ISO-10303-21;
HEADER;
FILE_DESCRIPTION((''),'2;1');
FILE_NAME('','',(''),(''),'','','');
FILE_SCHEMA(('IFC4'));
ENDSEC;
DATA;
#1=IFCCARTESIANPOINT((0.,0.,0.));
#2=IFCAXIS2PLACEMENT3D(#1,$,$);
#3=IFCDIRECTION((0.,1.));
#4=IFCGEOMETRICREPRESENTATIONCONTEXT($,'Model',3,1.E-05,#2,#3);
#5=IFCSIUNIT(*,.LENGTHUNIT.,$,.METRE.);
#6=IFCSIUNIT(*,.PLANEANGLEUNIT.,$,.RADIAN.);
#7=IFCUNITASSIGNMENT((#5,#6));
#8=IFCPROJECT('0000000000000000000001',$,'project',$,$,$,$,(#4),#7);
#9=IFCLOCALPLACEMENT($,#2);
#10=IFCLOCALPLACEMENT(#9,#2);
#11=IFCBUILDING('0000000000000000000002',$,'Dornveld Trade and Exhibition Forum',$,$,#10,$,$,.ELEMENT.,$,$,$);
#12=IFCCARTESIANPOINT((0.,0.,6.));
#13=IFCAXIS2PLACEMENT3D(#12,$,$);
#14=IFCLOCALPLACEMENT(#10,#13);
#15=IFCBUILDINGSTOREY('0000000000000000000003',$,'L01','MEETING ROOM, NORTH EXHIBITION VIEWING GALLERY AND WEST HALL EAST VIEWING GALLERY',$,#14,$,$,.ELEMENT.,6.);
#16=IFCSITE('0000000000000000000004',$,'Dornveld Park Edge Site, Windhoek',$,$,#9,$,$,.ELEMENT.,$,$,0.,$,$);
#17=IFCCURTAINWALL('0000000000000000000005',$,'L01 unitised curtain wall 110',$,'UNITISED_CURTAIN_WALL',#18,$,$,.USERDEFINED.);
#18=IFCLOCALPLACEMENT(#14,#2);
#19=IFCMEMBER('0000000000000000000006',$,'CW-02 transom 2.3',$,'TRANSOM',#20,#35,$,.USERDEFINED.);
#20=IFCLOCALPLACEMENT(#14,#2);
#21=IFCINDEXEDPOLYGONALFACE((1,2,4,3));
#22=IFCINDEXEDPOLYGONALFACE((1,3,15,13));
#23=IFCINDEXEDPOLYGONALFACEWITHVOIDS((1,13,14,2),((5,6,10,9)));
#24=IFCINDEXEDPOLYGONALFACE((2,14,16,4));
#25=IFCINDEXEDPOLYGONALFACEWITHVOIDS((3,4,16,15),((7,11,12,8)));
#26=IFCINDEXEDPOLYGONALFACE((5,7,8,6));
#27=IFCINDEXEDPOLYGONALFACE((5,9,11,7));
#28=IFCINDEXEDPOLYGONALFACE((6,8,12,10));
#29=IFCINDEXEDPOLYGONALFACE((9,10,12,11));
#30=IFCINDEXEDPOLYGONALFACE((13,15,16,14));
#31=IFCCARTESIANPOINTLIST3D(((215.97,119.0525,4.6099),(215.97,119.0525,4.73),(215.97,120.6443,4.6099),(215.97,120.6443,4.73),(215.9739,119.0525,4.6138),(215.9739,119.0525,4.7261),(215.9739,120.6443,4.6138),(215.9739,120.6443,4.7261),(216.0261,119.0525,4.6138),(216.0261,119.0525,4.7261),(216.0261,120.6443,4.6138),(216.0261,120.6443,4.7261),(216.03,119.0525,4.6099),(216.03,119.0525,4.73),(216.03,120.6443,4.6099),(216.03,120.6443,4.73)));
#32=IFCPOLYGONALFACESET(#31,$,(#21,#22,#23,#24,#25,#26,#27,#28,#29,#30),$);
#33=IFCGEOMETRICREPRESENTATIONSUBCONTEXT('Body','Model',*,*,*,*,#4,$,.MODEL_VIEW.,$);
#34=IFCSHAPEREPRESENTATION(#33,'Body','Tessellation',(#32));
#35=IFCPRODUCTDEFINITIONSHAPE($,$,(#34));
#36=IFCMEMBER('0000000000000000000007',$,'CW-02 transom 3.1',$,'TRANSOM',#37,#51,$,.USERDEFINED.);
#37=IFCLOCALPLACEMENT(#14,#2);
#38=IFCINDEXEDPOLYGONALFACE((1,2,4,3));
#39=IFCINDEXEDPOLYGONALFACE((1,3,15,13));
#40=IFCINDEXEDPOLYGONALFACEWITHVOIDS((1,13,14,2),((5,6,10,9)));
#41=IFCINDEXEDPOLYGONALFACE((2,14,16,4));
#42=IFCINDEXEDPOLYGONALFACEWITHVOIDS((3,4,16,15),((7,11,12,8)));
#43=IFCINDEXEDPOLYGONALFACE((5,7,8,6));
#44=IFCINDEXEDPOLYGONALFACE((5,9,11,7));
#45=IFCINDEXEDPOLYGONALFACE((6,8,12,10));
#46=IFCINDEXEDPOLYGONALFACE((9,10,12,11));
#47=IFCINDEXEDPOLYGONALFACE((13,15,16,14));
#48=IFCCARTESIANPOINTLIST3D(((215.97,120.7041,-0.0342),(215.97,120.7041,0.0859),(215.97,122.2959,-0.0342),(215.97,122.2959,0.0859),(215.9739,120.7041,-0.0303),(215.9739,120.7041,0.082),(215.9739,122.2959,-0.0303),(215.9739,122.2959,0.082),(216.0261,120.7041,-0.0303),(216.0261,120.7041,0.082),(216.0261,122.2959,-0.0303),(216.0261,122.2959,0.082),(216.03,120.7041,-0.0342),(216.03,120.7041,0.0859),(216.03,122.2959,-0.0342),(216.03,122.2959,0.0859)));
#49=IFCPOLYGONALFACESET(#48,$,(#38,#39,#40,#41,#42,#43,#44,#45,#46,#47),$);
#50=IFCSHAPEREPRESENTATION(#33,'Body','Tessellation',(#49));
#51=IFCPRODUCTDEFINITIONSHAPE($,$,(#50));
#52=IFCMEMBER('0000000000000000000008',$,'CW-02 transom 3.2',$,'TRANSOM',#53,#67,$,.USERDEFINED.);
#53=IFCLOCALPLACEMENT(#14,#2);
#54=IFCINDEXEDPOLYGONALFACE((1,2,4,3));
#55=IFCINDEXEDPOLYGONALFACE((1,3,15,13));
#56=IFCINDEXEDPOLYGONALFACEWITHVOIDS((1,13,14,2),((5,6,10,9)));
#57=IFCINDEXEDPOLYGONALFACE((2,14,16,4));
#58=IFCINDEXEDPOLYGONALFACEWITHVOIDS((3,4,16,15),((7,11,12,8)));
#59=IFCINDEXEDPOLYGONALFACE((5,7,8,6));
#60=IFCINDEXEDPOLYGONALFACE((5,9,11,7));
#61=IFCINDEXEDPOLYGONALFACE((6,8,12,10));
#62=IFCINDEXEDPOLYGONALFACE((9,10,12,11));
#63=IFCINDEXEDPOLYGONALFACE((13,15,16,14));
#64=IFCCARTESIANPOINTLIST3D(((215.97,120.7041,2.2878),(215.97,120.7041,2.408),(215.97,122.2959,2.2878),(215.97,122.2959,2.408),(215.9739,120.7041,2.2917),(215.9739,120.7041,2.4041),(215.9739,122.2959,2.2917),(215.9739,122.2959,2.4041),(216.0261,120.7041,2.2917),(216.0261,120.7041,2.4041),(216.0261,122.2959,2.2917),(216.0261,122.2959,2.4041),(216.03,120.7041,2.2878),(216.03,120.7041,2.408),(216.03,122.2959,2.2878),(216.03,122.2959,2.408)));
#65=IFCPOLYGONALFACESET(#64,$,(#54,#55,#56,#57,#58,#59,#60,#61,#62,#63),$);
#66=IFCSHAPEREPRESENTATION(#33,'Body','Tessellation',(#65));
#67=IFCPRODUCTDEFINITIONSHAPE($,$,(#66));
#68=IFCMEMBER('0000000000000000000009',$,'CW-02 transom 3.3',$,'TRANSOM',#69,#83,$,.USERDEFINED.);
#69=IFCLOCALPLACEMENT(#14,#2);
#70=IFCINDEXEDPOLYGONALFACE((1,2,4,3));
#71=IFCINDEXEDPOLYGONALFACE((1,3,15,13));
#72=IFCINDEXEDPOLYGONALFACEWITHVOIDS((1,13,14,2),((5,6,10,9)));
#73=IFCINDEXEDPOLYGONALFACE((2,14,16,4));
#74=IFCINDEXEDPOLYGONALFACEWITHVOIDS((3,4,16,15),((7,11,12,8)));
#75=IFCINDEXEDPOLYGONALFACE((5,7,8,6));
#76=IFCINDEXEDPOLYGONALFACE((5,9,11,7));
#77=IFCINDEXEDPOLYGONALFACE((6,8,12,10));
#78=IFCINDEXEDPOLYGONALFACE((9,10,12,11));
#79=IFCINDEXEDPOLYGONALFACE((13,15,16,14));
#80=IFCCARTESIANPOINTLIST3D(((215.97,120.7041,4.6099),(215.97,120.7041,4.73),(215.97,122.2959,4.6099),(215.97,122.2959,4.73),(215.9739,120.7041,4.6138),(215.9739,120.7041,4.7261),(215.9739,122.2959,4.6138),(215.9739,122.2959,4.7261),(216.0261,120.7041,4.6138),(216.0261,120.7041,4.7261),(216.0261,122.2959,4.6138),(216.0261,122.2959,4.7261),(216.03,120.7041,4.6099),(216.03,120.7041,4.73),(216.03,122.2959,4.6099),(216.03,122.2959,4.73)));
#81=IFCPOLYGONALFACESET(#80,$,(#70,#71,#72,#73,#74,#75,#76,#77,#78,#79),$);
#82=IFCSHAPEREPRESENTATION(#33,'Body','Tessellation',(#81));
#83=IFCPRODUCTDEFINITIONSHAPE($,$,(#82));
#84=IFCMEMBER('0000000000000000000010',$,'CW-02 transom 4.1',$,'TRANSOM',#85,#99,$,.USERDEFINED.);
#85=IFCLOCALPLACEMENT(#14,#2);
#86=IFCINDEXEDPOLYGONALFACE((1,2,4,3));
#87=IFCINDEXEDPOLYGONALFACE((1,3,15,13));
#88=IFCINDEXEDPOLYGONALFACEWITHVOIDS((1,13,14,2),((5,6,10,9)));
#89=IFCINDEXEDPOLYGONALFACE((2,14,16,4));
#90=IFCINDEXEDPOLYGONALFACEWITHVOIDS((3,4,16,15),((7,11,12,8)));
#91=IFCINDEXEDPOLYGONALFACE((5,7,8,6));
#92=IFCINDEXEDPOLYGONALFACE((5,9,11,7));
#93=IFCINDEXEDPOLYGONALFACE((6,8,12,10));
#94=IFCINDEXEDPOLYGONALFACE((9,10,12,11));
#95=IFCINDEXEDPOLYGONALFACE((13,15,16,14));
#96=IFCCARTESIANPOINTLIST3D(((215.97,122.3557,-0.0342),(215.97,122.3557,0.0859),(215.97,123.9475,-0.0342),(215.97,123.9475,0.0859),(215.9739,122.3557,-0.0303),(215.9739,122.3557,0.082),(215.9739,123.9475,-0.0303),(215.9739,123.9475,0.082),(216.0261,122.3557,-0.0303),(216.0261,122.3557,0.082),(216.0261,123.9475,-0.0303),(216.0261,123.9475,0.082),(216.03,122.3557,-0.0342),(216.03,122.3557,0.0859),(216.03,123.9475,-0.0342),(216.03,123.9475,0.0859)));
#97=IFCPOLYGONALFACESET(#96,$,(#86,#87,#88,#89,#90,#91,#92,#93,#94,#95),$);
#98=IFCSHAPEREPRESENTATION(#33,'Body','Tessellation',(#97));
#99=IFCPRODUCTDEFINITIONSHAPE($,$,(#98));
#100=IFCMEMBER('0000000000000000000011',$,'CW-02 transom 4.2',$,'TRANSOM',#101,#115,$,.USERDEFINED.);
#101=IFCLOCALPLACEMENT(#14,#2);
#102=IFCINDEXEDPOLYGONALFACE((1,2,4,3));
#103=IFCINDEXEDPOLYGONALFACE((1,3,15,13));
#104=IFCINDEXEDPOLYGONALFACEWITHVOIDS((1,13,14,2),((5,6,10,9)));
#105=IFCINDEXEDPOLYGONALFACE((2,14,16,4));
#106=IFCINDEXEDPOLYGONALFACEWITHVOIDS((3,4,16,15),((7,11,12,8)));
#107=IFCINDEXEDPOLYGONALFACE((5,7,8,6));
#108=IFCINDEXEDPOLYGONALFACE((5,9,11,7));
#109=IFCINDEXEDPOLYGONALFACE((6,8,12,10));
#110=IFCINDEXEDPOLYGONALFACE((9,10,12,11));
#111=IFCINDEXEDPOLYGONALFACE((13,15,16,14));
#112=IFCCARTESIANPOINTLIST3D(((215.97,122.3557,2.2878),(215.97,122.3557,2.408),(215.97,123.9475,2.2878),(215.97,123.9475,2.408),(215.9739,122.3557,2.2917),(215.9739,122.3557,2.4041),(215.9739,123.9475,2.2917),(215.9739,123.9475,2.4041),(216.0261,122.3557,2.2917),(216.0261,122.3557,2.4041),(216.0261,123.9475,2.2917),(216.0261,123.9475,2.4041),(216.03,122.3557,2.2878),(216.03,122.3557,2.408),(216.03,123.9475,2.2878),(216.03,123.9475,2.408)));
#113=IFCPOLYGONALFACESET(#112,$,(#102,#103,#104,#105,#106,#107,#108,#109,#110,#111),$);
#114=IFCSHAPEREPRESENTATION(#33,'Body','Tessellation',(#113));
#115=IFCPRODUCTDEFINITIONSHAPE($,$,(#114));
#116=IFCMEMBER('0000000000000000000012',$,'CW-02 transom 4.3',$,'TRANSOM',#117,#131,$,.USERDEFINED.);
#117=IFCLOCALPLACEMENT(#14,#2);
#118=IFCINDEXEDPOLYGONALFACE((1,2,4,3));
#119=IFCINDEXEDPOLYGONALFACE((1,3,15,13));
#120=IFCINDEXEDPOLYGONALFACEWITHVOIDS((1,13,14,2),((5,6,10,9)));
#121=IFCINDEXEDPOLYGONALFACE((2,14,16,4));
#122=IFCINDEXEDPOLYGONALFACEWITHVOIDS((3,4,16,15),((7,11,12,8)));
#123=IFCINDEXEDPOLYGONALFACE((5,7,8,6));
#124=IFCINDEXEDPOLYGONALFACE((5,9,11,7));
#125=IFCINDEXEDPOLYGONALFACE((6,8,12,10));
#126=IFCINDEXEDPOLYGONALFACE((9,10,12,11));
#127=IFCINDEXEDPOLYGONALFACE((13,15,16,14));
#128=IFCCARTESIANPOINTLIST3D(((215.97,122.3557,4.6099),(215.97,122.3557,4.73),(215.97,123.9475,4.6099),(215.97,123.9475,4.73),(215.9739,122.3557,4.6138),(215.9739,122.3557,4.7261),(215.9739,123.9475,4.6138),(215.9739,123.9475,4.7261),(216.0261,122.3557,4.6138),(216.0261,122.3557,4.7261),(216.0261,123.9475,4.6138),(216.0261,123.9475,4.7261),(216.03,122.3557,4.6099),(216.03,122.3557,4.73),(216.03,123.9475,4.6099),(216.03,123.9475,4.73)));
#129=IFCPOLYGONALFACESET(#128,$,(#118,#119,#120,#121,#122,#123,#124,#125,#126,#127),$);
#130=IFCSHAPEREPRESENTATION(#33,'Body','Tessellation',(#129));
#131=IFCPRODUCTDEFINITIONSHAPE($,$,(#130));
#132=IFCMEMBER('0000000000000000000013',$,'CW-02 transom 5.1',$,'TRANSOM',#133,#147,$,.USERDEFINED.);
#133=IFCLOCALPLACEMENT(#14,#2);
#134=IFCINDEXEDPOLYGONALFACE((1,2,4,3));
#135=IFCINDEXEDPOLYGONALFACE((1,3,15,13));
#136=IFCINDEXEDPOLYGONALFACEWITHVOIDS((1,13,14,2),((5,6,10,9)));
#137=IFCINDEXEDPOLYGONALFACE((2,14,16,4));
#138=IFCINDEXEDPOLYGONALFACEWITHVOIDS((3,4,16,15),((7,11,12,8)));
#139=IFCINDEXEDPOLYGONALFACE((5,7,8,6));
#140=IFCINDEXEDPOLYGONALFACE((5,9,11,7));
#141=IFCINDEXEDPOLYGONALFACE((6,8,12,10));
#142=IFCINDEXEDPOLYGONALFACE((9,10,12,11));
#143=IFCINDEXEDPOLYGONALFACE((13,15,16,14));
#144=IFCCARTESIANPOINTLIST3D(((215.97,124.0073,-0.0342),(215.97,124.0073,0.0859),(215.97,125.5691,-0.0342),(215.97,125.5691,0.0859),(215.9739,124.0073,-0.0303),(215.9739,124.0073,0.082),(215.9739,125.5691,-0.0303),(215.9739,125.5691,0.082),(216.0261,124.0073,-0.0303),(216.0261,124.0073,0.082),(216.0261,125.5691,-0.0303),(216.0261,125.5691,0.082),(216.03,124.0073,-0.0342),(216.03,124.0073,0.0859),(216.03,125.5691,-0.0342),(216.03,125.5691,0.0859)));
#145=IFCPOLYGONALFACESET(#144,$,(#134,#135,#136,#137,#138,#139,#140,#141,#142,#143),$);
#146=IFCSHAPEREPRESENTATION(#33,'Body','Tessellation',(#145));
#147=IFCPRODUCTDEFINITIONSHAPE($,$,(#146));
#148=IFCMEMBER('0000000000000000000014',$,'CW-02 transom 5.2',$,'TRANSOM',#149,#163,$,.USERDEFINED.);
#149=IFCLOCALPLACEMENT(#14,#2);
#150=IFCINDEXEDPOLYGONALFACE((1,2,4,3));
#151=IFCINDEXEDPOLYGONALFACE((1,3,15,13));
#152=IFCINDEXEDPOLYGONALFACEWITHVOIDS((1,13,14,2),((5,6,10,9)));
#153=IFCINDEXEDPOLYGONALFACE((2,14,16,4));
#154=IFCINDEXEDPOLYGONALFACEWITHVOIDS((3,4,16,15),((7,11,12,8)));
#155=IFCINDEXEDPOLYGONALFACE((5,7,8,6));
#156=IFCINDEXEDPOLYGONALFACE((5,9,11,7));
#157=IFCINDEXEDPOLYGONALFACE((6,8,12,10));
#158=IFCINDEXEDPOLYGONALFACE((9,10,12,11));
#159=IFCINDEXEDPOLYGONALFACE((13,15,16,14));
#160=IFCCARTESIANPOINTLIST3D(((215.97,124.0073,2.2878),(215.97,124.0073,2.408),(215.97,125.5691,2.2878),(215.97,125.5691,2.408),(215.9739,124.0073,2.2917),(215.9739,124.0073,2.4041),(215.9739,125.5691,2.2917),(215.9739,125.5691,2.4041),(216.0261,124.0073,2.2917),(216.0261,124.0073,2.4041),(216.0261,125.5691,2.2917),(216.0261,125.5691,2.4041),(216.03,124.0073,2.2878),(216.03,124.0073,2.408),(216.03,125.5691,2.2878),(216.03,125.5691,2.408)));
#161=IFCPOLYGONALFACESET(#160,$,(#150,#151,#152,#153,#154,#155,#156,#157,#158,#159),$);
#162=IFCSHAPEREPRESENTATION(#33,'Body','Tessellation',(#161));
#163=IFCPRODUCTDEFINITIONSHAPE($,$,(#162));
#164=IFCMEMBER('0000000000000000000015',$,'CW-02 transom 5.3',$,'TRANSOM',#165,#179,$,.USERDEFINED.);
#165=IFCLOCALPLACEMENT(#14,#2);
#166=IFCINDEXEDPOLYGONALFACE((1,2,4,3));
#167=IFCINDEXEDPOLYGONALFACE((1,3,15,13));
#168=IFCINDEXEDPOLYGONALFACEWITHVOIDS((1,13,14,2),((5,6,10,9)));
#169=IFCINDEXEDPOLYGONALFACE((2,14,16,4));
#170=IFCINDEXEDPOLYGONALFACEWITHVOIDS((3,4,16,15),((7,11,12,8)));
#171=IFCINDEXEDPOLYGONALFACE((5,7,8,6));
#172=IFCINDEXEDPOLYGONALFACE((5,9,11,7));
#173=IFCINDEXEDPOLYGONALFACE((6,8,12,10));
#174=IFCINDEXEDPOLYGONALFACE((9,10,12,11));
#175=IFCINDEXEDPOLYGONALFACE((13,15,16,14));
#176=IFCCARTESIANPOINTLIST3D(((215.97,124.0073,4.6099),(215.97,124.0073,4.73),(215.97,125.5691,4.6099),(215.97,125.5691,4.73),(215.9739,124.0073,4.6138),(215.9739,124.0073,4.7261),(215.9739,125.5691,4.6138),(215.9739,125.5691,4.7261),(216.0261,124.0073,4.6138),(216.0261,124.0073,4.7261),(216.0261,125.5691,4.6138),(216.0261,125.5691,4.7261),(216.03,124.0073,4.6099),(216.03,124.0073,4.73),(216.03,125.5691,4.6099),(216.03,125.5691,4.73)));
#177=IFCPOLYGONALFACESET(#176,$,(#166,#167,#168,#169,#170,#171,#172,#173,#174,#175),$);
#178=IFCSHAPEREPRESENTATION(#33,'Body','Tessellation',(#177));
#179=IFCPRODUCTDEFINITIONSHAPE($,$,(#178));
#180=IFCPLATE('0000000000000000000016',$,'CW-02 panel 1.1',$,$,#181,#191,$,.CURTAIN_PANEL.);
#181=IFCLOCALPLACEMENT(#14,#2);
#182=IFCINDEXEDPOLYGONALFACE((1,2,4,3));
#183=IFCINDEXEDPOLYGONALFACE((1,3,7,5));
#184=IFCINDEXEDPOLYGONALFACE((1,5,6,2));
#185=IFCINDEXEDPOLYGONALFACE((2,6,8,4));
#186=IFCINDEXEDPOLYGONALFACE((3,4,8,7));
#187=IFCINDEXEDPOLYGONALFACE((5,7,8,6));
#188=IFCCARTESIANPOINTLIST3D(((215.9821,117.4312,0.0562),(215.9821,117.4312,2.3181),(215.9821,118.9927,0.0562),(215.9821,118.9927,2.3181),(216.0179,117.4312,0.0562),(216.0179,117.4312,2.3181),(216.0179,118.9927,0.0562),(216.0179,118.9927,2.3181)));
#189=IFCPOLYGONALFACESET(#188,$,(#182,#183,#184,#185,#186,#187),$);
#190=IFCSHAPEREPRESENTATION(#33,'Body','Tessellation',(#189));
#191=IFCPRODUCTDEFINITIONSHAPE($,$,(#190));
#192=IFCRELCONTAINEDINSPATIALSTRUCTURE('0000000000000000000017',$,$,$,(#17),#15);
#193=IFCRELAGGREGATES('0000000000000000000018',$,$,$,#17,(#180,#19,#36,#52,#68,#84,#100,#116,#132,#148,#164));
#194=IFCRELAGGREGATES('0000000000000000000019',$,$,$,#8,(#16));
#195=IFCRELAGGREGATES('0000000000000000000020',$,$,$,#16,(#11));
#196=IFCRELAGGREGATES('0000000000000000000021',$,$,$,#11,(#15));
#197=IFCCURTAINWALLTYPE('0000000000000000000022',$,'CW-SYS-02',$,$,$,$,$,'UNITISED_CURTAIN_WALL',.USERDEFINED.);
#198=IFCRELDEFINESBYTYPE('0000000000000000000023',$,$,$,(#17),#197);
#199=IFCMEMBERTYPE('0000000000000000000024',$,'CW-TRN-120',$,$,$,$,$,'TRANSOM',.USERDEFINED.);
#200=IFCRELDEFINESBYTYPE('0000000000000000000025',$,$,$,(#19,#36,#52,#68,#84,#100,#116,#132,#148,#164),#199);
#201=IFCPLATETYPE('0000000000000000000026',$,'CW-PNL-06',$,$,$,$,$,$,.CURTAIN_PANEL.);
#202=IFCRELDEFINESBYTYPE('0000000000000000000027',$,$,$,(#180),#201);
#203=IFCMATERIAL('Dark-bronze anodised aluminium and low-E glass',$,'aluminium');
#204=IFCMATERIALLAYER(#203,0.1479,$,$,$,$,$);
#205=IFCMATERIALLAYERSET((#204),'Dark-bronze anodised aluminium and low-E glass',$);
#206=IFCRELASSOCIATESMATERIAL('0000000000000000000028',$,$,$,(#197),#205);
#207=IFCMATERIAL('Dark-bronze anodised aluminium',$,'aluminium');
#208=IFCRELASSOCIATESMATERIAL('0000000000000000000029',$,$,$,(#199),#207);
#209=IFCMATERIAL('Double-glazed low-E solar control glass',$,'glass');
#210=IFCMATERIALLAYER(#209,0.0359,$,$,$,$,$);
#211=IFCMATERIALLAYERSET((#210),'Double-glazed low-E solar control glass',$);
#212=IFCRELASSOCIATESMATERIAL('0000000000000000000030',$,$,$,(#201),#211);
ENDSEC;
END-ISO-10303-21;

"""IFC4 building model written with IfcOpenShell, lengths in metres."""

from ifc_helpers import new_model, si_unit, direction, frame, origin, origin_2d, place, context, subcontext, project, spatial, rectangle, hollow_rectangle, extrude, material, layer, layer_set, material_profile, profile_set, type_object, element, aggregate, save


model = new_model("IFC4")

# Units and contexts
model_context = context("Model", 3, precision=1e-05, world=origin(), true_north=direction((0.0, 1.0)))
body_context = subcontext(model_context, "Body", "Model", "MODEL_VIEW")
ifc_project = project(units=[si_unit("LENGTHUNIT", "METRE"), si_unit("PLANEANGLEUNIT", "RADIAN")], contexts=[model_context])

# Site, building, storey
site_placement = place(None, origin())
site = spatial("IfcSite", under=ifc_project, at=site_placement, Name="Dornveld Park Edge Site, Windhoek", CompositionType="ELEMENT", RefElevation=0.0)
building_placement = place(site_placement, origin())
building = spatial("IfcBuilding", under=site, at=building_placement, Name="Dornveld Trade and Exhibition Forum", CompositionType="ELEMENT")
storey_placement = place(building_placement, frame((0.0, 0.0, 6.0)))
storey = spatial("IfcBuildingStorey", under=building, at=storey_placement, Name="L01", Description="MEETING ROOM, NORTH EXHIBITION VIEWING GALLERY AND WEST HALL EAST VIEWING GALLERY", CompositionType="ELEMENT", Elevation=6.0)

# Curtain wall, members, plate
ifc_material_1 = material(Name="Dark-bronze anodised aluminium and low-E glass", Category="aluminium")
ifc_layer_1 = layer(ifc_material_1, 0.1479)
ifc_layer_set_1 = layer_set([ifc_layer_1], Name="Dark-bronze anodised aluminium and low-E glass")
curtain_wall_type = type_object("IfcCurtainWallType", Name="CW-SYS-02", ElementType="UNITISED_CURTAIN_WALL", PredefinedType="USERDEFINED", material=ifc_layer_set_1)
curtain_wall_placement = place(storey_placement, origin())
curtain_wall = element("IfcCurtainWall", 1, at=curtain_wall_placement, inside=storey, type_object=curtain_wall_type, Name="L01 unitised curtain wall 110", ObjectType="UNITISED_CURTAIN_WALL", PredefinedType="USERDEFINED")
ifc_material_2 = material(Name="Dark-bronze anodised aluminium", Category="aluminium")
ifc_material_profile_1 = material_profile(ifc_material_2, hollow_rectangle(XDim=0.0601, YDim=0.1201, WallThickness=0.0039, at=origin_2d()), Name="RHS 120x60x4")
ifc_profile_set_1 = profile_set([ifc_material_profile_1], Name="Dark-bronze anodised aluminium")
member_type_1 = type_object("IfcMemberType", Name="CW-TRN-120", ElementType="TRANSOM", PredefinedType="USERDEFINED", material=ifc_profile_set_1)
member_1_placement = place(storey_placement, frame((216.0, 119.0525, 4.6699), z_axis=(0.0, 1.0, 0.0), x_axis=(-1.0, 0.0, 0.0)))
member_1 = element("IfcMember", 2, at=member_1_placement, type_object=member_type_1, Name="CW-02 transom 2.3", ObjectType="TRANSOM", PredefinedType="USERDEFINED", context=body_context, shape_type="SweptSolid", body=[
    extrude(hollow_rectangle(XDim=0.0601, YDim=0.1201, WallThickness=0.0039, at=origin_2d()), origin(), (0.0, 0.0, 1.0), 1.5918),
])
member_2_placement = place(storey_placement, frame((216.0, 120.7041, 0.0259), z_axis=(0.0, 1.0, 0.0), x_axis=(-1.0, 0.0, 0.0)))
member_2 = element("IfcMember", 3, at=member_2_placement, type_object=member_type_1, Name="CW-02 transom 3.1", ObjectType="TRANSOM", PredefinedType="USERDEFINED", context=body_context, shape_type="SweptSolid", body=[
    extrude(hollow_rectangle(XDim=0.0601, YDim=0.1201, WallThickness=0.0039, at=origin_2d()), origin(), (0.0, 0.0, 1.0), 1.5918),
])
member_3_placement = place(storey_placement, frame((216.0, 120.7041, 2.3479), z_axis=(0.0, 1.0, 0.0), x_axis=(-1.0, 0.0, 0.0)))
member_3 = element("IfcMember", 4, at=member_3_placement, type_object=member_type_1, Name="CW-02 transom 3.2", ObjectType="TRANSOM", PredefinedType="USERDEFINED", context=body_context, shape_type="SweptSolid", body=[
    extrude(hollow_rectangle(XDim=0.0601, YDim=0.1201, WallThickness=0.0039, at=origin_2d()), origin(), (0.0, 0.0, 1.0), 1.5918),
])
member_4_placement = place(storey_placement, frame((216.0, 120.7041, 4.6699), z_axis=(0.0, 1.0, 0.0), x_axis=(-1.0, 0.0, 0.0)))
member_4 = element("IfcMember", 5, at=member_4_placement, type_object=member_type_1, Name="CW-02 transom 3.3", ObjectType="TRANSOM", PredefinedType="USERDEFINED", context=body_context, shape_type="SweptSolid", body=[
    extrude(hollow_rectangle(XDim=0.0601, YDim=0.1201, WallThickness=0.0039, at=origin_2d()), origin(), (0.0, 0.0, 1.0), 1.5918),
])
member_5_placement = place(storey_placement, frame((216.0, 122.3557, 0.0259), z_axis=(0.0, 1.0, 0.0), x_axis=(-1.0, 0.0, 0.0)))
member_5 = element("IfcMember", 6, at=member_5_placement, type_object=member_type_1, Name="CW-02 transom 4.1", ObjectType="TRANSOM", PredefinedType="USERDEFINED", context=body_context, shape_type="SweptSolid", body=[
    extrude(hollow_rectangle(XDim=0.0601, YDim=0.1201, WallThickness=0.0039, at=origin_2d()), origin(), (0.0, 0.0, 1.0), 1.5918),
])
member_6_placement = place(storey_placement, frame((216.0, 122.3557, 2.3479), z_axis=(0.0, 1.0, 0.0), x_axis=(-1.0, 0.0, 0.0)))
member_6 = element("IfcMember", 7, at=member_6_placement, type_object=member_type_1, Name="CW-02 transom 4.2", ObjectType="TRANSOM", PredefinedType="USERDEFINED", context=body_context, shape_type="SweptSolid", body=[
    extrude(hollow_rectangle(XDim=0.0601, YDim=0.1201, WallThickness=0.0039, at=origin_2d()), origin(), (0.0, 0.0, 1.0), 1.5918),
])
member_7_placement = place(storey_placement, frame((216.0, 122.3557, 4.6699), z_axis=(0.0, 1.0, 0.0), x_axis=(-1.0, 0.0, 0.0)))
member_7 = element("IfcMember", 8, at=member_7_placement, type_object=member_type_1, Name="CW-02 transom 4.3", ObjectType="TRANSOM", PredefinedType="USERDEFINED", context=body_context, shape_type="SweptSolid", body=[
    extrude(hollow_rectangle(XDim=0.0601, YDim=0.1201, WallThickness=0.0039, at=origin_2d()), origin(), (0.0, 0.0, 1.0), 1.5918),
])
member_8_placement = place(storey_placement, frame((216.0, 124.0073, 0.0259), z_axis=(0.0, 1.0, 0.0), x_axis=(-1.0, 0.0, 0.0)))
member_8 = element("IfcMember", 9, at=member_8_placement, type_object=member_type_1, Name="CW-02 transom 5.1", ObjectType="TRANSOM", PredefinedType="USERDEFINED", context=body_context, shape_type="SweptSolid", body=[
    extrude(hollow_rectangle(XDim=0.0601, YDim=0.1201, WallThickness=0.0039, at=origin_2d()), origin(), (0.0, 0.0, 1.0), 1.5618),
])
member_9_placement = place(storey_placement, frame((216.0, 124.0073, 2.3479), z_axis=(0.0, 1.0, 0.0), x_axis=(-1.0, 0.0, 0.0)))
member_9 = element("IfcMember", 10, at=member_9_placement, type_object=member_type_1, Name="CW-02 transom 5.2", ObjectType="TRANSOM", PredefinedType="USERDEFINED", context=body_context, shape_type="SweptSolid", body=[
    extrude(hollow_rectangle(XDim=0.0601, YDim=0.1201, WallThickness=0.0039, at=origin_2d()), origin(), (0.0, 0.0, 1.0), 1.5618),
])
member_10_placement = place(storey_placement, frame((216.0, 124.0073, 4.6699), z_axis=(0.0, 1.0, 0.0), x_axis=(-1.0, 0.0, 0.0)))
member_10 = element("IfcMember", 11, at=member_10_placement, type_object=member_type_1, Name="CW-02 transom 5.3", ObjectType="TRANSOM", PredefinedType="USERDEFINED", context=body_context, shape_type="SweptSolid", body=[
    extrude(hollow_rectangle(XDim=0.0601, YDim=0.1201, WallThickness=0.0039, at=origin_2d()), origin(), (0.0, 0.0, 1.0), 1.5618),
])
ifc_material_3 = material(Name="Double-glazed low-E solar control glass", Category="glass")
ifc_layer_2 = layer(ifc_material_3, 0.0359)
ifc_layer_set_2 = layer_set([ifc_layer_2], Name="Double-glazed low-E solar control glass")
plate_type = type_object("IfcPlateType", Name="CW-PNL-06", PredefinedType="CURTAIN_PANEL", material=ifc_layer_set_2)
plate_1_placement = place(storey_placement, frame((216.0, 118.2119, 0.0562), z_axis=(0.0, 0.0, 1.0), x_axis=(0.0, 1.0, 0.0)))
plate_1 = element("IfcPlate", 12, at=plate_1_placement, type_object=plate_type, Name="CW-02 panel 1.1", PredefinedType="CURTAIN_PANEL", context=body_context, shape_type="SweptSolid", body=[
    extrude(rectangle(XDim=1.5615, YDim=0.0359, at=origin_2d()), origin(), (0.0, 0.0, 1.0), 2.262),
])
aggregate(curtain_wall, [plate_1, member_1, member_2, member_3, member_4, member_5, member_6, member_7, member_8, member_9, member_10])

save(model, "model.ifc")
